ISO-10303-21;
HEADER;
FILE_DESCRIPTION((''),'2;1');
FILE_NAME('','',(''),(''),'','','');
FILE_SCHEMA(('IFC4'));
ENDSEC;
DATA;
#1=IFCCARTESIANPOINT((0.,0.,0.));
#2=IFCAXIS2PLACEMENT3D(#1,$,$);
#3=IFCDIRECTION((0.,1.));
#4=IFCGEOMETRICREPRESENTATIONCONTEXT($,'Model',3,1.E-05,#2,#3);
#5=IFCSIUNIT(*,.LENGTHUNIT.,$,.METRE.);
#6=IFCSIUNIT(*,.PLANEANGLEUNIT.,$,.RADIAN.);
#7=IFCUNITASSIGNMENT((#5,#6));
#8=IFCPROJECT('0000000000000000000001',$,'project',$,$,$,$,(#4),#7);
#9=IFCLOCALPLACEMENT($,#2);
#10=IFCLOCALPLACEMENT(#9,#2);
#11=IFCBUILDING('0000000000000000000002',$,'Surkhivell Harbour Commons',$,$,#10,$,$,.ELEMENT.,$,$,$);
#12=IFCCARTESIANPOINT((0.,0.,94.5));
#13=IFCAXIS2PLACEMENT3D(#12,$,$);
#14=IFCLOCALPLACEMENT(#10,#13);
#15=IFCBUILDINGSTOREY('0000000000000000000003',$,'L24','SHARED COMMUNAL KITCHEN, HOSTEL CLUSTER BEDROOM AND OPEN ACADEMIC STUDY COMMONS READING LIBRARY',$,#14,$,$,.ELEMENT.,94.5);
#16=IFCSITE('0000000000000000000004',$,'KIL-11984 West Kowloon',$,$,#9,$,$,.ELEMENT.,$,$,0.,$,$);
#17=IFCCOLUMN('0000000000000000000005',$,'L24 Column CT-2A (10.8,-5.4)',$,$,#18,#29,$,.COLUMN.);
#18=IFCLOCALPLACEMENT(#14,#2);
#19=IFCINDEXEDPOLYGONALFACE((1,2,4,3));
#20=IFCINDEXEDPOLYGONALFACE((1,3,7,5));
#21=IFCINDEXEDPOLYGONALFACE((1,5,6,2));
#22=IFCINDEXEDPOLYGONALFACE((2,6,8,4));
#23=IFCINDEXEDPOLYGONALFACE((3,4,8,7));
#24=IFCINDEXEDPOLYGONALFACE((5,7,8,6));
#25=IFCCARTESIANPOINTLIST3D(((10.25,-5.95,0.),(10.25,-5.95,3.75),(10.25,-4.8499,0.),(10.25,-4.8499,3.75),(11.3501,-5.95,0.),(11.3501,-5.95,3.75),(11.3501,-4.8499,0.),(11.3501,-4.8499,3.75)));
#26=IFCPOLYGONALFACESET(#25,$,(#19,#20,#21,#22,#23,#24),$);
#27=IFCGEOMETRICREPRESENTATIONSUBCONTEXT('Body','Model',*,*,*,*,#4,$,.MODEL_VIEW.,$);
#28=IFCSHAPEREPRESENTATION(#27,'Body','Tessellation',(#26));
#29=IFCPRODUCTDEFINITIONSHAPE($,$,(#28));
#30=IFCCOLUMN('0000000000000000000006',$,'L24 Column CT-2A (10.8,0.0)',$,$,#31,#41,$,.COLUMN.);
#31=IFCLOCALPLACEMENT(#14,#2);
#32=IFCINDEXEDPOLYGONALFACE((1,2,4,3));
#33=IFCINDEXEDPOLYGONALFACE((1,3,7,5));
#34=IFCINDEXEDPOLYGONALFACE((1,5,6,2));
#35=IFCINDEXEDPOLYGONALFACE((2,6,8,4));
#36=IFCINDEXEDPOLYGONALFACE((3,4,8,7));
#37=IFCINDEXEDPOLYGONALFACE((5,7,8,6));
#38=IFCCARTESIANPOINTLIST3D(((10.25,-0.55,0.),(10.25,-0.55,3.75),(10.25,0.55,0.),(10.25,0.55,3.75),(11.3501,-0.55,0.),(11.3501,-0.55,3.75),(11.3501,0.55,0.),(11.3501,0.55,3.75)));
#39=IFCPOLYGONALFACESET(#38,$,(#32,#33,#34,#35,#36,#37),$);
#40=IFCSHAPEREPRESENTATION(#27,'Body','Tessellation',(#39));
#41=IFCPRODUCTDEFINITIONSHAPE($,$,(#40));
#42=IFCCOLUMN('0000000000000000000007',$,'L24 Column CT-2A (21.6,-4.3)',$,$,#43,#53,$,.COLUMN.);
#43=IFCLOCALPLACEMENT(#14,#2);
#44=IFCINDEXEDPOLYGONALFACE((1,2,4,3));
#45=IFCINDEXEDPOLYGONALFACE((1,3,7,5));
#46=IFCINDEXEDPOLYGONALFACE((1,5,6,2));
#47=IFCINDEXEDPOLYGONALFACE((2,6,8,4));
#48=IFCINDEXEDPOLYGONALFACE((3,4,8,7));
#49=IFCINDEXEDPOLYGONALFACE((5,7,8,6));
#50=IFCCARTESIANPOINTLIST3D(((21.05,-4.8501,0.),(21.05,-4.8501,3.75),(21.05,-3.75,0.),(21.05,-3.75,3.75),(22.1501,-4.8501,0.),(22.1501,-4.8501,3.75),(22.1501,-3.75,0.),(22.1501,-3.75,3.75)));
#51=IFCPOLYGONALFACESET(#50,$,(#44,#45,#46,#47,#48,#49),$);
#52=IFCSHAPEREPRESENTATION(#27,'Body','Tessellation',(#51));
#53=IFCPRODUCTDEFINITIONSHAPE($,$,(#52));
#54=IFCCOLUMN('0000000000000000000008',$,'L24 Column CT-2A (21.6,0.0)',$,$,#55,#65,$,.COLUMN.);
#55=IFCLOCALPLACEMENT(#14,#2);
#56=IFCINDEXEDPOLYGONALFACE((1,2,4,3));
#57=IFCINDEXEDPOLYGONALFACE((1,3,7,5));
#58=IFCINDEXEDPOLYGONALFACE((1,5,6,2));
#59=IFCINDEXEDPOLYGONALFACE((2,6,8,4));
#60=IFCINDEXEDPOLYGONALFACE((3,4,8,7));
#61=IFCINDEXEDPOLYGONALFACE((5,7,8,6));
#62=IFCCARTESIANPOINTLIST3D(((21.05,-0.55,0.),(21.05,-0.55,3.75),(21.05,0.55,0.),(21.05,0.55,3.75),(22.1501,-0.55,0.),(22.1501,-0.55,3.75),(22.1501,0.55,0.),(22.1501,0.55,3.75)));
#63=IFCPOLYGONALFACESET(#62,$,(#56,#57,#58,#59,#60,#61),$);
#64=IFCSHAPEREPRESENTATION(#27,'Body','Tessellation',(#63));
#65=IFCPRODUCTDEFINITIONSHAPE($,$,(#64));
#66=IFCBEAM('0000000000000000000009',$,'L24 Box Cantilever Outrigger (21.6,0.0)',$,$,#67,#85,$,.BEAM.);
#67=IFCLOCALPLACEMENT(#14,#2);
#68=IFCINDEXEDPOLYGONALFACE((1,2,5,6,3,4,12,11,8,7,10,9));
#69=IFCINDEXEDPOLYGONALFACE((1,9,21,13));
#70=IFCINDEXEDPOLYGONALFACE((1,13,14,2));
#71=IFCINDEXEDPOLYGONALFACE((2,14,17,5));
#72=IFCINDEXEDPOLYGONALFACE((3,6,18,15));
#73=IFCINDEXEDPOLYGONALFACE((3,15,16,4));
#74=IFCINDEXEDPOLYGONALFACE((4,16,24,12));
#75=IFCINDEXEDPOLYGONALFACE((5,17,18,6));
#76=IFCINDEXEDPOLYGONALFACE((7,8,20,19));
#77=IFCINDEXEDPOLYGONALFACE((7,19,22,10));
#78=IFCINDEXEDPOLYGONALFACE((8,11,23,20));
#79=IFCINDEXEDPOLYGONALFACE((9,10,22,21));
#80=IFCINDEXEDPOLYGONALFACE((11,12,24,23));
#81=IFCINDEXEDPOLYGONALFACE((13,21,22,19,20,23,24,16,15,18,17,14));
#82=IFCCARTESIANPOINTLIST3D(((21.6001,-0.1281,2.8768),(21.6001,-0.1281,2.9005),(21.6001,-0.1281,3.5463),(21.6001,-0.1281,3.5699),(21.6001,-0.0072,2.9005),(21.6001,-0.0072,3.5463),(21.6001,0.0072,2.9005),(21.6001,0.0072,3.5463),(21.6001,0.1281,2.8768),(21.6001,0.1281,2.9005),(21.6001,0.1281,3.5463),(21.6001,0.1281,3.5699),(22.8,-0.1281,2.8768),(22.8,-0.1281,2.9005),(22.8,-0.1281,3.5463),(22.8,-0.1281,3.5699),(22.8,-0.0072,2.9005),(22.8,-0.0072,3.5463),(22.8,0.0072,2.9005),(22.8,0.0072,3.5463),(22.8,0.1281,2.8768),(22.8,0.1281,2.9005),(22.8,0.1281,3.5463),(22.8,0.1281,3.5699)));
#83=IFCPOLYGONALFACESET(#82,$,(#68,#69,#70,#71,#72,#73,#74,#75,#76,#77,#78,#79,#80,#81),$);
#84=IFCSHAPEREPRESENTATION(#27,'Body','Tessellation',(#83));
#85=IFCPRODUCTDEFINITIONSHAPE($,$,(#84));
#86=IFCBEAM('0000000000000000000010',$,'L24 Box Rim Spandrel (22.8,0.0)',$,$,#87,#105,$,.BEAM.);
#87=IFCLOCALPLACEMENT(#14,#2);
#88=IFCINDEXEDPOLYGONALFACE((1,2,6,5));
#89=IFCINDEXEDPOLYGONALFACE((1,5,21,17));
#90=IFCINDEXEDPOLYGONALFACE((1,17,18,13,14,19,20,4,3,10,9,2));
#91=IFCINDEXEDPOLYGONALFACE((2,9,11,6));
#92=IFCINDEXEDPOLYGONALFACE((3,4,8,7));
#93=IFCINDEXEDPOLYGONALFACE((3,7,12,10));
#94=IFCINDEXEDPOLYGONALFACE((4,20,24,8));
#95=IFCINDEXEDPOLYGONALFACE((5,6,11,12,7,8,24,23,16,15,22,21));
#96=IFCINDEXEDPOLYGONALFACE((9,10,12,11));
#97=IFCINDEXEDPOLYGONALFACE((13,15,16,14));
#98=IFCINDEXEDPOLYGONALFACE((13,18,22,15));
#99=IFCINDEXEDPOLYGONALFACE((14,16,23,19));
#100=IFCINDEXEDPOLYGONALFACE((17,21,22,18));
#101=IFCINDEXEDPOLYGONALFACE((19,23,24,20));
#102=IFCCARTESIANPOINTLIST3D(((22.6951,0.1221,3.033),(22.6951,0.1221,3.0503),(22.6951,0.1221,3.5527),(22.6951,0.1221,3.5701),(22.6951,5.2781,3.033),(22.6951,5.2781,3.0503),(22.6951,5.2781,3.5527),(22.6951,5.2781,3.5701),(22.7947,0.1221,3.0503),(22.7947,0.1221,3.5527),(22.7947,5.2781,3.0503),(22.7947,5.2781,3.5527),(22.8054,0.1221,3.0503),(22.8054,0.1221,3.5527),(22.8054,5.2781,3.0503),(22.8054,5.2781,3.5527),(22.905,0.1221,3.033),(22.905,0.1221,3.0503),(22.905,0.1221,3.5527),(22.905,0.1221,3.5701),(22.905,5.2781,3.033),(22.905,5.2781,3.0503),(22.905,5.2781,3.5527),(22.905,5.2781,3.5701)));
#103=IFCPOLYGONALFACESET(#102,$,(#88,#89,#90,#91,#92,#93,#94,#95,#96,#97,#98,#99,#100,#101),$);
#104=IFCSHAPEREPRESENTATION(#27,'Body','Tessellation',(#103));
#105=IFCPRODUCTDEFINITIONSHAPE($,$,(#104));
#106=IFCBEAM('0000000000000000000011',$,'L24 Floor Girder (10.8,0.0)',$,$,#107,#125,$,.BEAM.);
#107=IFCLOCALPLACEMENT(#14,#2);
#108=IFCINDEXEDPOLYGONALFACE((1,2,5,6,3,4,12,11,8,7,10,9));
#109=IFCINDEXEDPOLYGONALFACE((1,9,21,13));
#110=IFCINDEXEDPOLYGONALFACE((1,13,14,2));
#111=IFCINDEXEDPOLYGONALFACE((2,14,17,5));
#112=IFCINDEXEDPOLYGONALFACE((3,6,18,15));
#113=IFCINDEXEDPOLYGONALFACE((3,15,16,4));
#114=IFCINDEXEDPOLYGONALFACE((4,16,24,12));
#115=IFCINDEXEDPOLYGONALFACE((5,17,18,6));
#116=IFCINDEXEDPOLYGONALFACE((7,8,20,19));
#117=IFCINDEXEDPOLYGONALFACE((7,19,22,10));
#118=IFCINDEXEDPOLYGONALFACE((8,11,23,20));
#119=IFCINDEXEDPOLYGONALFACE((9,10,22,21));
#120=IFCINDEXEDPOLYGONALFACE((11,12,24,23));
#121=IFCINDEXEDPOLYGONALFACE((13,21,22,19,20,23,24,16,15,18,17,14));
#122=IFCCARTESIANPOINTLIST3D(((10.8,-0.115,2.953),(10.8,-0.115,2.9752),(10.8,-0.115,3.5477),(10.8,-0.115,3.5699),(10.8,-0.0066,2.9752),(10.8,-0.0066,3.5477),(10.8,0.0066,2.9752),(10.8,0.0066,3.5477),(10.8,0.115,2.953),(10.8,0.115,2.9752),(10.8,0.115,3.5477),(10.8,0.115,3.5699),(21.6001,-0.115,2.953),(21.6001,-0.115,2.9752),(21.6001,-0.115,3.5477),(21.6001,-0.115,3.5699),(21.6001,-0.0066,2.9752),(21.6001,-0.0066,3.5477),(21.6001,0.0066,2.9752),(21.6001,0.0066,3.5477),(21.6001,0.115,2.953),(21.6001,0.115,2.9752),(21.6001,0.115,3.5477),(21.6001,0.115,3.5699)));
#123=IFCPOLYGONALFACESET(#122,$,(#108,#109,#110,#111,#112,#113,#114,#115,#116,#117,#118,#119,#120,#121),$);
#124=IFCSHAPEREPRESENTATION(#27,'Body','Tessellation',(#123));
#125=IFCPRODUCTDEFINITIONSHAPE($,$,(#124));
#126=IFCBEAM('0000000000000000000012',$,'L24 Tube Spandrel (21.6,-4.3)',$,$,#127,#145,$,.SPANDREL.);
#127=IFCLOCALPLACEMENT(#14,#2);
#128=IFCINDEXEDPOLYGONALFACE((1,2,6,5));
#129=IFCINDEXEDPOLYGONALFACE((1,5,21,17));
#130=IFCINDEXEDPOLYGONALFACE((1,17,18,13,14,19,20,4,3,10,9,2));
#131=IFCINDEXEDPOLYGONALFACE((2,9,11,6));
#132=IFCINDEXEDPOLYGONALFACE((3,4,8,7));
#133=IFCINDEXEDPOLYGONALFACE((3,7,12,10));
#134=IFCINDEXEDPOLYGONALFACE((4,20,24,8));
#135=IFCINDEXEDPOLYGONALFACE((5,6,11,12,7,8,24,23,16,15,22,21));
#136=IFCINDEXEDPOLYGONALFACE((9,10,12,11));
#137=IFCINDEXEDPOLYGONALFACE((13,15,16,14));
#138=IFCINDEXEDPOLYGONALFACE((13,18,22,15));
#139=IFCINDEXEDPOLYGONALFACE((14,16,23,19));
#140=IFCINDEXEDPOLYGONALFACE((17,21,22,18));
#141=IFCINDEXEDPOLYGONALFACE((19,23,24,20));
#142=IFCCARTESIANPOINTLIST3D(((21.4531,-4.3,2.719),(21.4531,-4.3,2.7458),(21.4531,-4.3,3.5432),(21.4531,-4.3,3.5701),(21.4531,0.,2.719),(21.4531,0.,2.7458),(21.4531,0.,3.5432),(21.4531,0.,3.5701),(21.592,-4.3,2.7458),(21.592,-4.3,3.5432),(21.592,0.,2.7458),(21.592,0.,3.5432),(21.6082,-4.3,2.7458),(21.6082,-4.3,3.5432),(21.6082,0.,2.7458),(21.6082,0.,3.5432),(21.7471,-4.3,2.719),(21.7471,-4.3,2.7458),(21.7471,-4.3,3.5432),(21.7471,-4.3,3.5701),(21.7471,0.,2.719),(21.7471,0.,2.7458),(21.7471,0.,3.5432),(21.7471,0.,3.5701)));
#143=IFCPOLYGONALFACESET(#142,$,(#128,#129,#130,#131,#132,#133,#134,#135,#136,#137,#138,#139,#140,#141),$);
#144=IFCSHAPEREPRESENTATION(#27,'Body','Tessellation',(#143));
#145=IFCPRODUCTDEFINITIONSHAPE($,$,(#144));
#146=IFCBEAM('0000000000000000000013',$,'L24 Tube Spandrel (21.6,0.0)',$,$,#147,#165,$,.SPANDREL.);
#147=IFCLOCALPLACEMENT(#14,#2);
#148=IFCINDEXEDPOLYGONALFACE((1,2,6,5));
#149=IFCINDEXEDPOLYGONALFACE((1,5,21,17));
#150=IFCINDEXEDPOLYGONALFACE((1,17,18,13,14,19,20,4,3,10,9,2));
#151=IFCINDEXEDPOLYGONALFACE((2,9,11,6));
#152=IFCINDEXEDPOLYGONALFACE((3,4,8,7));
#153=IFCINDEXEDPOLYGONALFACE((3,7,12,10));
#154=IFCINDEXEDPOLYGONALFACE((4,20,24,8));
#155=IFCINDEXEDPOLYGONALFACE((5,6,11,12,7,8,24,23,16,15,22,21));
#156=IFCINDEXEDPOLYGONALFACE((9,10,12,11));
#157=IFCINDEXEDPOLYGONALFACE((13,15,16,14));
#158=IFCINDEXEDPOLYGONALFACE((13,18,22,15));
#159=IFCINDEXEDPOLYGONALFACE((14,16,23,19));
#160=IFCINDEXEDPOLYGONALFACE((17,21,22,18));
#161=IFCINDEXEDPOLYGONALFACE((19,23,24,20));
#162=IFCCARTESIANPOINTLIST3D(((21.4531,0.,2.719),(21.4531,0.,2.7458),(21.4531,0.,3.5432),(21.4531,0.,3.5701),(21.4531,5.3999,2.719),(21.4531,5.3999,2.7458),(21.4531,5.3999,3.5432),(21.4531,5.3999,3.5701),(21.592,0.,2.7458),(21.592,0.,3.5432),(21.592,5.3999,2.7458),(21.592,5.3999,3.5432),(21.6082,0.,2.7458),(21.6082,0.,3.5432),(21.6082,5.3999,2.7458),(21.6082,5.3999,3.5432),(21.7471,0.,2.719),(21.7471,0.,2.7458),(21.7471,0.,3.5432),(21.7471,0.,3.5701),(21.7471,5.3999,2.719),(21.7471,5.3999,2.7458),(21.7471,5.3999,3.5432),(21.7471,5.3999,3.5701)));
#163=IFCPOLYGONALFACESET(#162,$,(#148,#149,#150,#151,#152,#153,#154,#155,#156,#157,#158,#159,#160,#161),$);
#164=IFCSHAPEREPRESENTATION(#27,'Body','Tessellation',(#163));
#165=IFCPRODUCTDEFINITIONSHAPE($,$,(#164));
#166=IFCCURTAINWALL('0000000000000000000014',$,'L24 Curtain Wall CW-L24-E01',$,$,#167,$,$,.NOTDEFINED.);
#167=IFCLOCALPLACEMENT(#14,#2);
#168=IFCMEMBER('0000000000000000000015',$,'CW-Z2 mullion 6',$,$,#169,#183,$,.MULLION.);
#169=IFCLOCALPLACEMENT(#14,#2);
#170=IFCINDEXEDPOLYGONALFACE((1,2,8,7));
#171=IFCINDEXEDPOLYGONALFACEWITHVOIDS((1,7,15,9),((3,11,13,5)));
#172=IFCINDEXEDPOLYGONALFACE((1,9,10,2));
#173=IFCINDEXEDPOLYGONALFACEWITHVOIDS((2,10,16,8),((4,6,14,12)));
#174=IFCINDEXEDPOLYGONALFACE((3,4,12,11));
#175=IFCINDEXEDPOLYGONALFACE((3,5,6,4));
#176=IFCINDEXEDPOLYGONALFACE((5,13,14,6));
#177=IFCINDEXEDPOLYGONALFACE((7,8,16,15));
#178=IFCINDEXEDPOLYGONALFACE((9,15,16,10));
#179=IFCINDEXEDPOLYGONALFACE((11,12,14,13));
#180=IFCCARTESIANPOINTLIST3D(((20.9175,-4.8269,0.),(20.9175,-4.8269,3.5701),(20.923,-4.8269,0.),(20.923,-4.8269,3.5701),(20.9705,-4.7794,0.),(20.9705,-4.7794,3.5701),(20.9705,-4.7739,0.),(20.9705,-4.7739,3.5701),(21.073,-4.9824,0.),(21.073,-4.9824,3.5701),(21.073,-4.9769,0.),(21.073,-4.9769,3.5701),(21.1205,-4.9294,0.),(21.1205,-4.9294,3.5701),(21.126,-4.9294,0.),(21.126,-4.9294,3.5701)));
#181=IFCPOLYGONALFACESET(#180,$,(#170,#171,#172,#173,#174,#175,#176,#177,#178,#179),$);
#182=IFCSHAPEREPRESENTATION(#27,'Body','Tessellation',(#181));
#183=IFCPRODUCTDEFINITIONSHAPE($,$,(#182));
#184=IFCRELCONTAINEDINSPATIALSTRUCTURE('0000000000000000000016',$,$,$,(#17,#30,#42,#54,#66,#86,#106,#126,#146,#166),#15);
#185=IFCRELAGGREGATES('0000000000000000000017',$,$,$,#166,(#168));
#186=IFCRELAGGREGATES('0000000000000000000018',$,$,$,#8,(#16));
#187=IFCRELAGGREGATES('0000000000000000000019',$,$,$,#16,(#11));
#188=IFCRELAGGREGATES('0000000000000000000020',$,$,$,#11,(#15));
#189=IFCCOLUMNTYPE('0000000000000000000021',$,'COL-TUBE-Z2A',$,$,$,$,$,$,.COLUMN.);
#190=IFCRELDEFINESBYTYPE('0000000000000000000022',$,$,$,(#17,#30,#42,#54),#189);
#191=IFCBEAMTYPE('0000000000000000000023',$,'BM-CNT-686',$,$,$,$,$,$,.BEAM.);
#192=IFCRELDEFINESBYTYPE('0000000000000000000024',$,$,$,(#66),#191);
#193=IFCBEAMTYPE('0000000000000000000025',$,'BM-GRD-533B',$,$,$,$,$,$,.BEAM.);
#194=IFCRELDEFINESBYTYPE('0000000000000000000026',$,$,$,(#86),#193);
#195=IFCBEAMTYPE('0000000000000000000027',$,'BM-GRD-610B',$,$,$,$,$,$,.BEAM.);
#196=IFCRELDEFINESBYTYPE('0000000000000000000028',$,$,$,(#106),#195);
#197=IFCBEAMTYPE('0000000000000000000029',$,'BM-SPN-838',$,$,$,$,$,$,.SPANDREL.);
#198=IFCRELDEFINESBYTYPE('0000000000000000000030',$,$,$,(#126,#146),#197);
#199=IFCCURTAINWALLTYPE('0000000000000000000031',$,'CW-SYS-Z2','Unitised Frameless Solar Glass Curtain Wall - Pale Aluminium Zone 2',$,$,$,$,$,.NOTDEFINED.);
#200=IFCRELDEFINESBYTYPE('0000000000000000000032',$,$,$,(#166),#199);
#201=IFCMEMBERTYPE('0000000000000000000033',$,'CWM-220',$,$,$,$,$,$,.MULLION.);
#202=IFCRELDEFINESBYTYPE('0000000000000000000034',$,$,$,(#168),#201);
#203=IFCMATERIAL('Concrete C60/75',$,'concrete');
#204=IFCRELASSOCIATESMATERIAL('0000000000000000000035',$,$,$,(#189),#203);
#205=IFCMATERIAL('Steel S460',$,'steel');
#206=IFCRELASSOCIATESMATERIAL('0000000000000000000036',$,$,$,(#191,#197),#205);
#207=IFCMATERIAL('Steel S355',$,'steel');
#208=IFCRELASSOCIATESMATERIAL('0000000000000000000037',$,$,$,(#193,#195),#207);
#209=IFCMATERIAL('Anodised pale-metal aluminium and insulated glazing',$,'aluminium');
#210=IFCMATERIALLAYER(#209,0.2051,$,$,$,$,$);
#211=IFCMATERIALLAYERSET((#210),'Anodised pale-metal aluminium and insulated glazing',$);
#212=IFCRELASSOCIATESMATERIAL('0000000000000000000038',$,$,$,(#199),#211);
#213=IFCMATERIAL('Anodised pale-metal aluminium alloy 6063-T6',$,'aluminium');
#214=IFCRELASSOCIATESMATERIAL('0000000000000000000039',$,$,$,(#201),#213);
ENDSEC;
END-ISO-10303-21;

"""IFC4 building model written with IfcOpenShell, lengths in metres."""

from ifc_helpers import new_model, si_unit, direction, frame, origin, origin_2d, place, context, subcontext, project, spatial, rectangle, hollow_rectangle, i_section, extrude, material, layer, layer_set, material_profile, profile_set, type_object, element, aggregate, save


model = new_model("IFC4")

# Units and contexts
model_context = context("Model", 3, precision=1e-05, world=origin(), true_north=direction((0.0, 1.0)))
body_context = subcontext(model_context, "Body", "Model", "MODEL_VIEW")
ifc_project = project(units=[si_unit("LENGTHUNIT", "METRE"), si_unit("PLANEANGLEUNIT", "RADIAN")], contexts=[model_context])

# Site, building, storey
site_placement = place(None, origin())
site = spatial("IfcSite", under=ifc_project, at=site_placement, Name="KIL-11984 West Kowloon", CompositionType="ELEMENT", RefElevation=0.0)
building_placement = place(site_placement, origin())
building = spatial("IfcBuilding", under=site, at=building_placement, Name="Surkhivell Harbour Commons", CompositionType="ELEMENT")
storey_placement = place(building_placement, frame((0.0, 0.0, 94.5)))
storey = spatial("IfcBuildingStorey", under=building, at=storey_placement, Name="L24", Description="SHARED COMMUNAL KITCHEN, HOSTEL CLUSTER BEDROOM AND OPEN ACADEMIC STUDY COMMONS READING LIBRARY", CompositionType="ELEMENT", Elevation=94.5)

# Columns
ifc_material_1 = material(Name="Concrete C60/75", Category="concrete")
ifc_material_profile_1 = material_profile(ifc_material_1, rectangle(XDim=1.1001, YDim=1.1001, at=origin_2d()), Name="RC-COL-1100x1100")
ifc_profile_set_1 = profile_set([ifc_material_profile_1], Name="Concrete C60/75")
column_type = type_object("IfcColumnType", Name="COL-TUBE-Z2A", PredefinedType="COLUMN", material=ifc_profile_set_1)
for number, where, z_axis, x_axis, name in (
    (1, (10.8, -5.3999, 0.0), (0.0, 0.0, 1.0), (1.0, 0.0, 0.0), "L24 Column CT-2A (10.8,-5.4)"),
    (2, (10.8, 0.0, 0.0), (0.0, 0.0, 1.0), (1.0, 0.0, 0.0), "L24 Column CT-2A (10.8,0.0)"),
    (3, (21.6001, -4.3, 0.0), (0.0, 0.0, 1.0), (1.0, 0.0, 0.0), "L24 Column CT-2A (21.6,-4.3)"),
    (4, (21.6001, 0.0, 0.0), (0.0, 0.0, 1.0), (1.0, 0.0, 0.0), "L24 Column CT-2A (21.6,0.0)"),
):
    element("IfcColumn", number, at=place(storey_placement, frame(where, z_axis=z_axis, x_axis=x_axis)), inside=storey, type_object=column_type, Name=name, PredefinedType="COLUMN", context=body_context, shape_type="SweptSolid", body=[
        extrude(rectangle(XDim=1.1001, YDim=1.1001, at=origin_2d()), origin(), (0.0, 0.0, 1.0), 3.75),
    ])

# Beams
ifc_material_2 = material(Name="Steel S460", Category="steel")
ifc_material_profile_2 = material_profile(ifc_material_2, i_section(OverallWidth=0.2561, OverallDepth=0.6931, WebThickness=0.0144, FlangeThickness=0.0237, at=origin_2d()), Name="UB686x254x170")
ifc_profile_set_2 = profile_set([ifc_material_profile_2], Name="Steel S460")
beam_type_1 = type_object("IfcBeamType", Name="BM-CNT-686", PredefinedType="BEAM", material=ifc_profile_set_2)
beam_1_placement = place(storey_placement, frame((21.6001, 0.0, 3.2234), z_axis=(1.0, 0.0, 0.0), x_axis=(0.0, 1.0, 0.0)))
element("IfcBeam", 5, at=beam_1_placement, inside=storey, type_object=beam_type_1, Name="L24 Box Cantilever Outrigger (21.6,0.0)", PredefinedType="BEAM", context=body_context, shape_type="SweptSolid", body=[
    extrude(i_section(OverallWidth=0.2561, OverallDepth=0.6931, WebThickness=0.0144, FlangeThickness=0.0237, at=origin_2d()), origin(), (0.0, 0.0, 1.0), 1.2),
])
ifc_material_3 = material(Name="Steel S355", Category="steel")
ifc_material_profile_3 = material_profile(ifc_material_3, i_section(OverallWidth=0.21, OverallDepth=0.5371, WebThickness=0.0107, FlangeThickness=0.0173, at=origin_2d()), Name="UB533x210x101")
ifc_profile_set_3 = profile_set([ifc_material_profile_3], Name="Steel S355")
beam_type_2 = type_object("IfcBeamType", Name="BM-GRD-533B", PredefinedType="BEAM", material=ifc_profile_set_3)
beam_2_placement = place(storey_placement, frame((22.8, 0.1221, 3.3015), z_axis=(0.0, 1.0, 0.0), x_axis=(-1.0, 0.0, 0.0)))
element("IfcBeam", 6, at=beam_2_placement, inside=storey, type_object=beam_type_2, Name="L24 Box Rim Spandrel (22.8,0.0)", PredefinedType="BEAM", context=body_context, shape_type="SweptSolid", body=[
    extrude(i_section(OverallWidth=0.21, OverallDepth=0.5371, WebThickness=0.0107, FlangeThickness=0.0173, at=origin_2d()), origin(), (0.0, 0.0, 1.0), 5.156),
])
ifc_material_profile_4 = material_profile(ifc_material_3, i_section(OverallWidth=0.23, OverallDepth=0.6169, WebThickness=0.0132, FlangeThickness=0.0222, at=origin_2d()), Name="UB610x229x140")
ifc_profile_set_4 = profile_set([ifc_material_profile_4], Name="Steel S355")
beam_type_3 = type_object("IfcBeamType", Name="BM-GRD-610B", PredefinedType="BEAM", material=ifc_profile_set_4)
beam_3_placement = place(storey_placement, frame((10.8, 0.0, 3.2615), z_axis=(1.0, 0.0, 0.0), x_axis=(0.0, 1.0, 0.0)))
element("IfcBeam", 7, at=beam_3_placement, inside=storey, type_object=beam_type_3, Name="L24 Floor Girder (10.8,0.0)", PredefinedType="BEAM", context=body_context, shape_type="SweptSolid", body=[
    extrude(i_section(OverallWidth=0.23, OverallDepth=0.6169, WebThickness=0.0132, FlangeThickness=0.0222, at=origin_2d()), origin(), (0.0, 0.0, 1.0), 10.8),
])
ifc_material_profile_5 = material_profile(ifc_material_2, i_section(OverallWidth=0.2939, OverallDepth=0.8511, WebThickness=0.0161, FlangeThickness=0.0269, at=origin_2d()), Name="UB838x292x226")
ifc_profile_set_5 = profile_set([ifc_material_profile_5], Name="Steel S460")
beam_type_4 = type_object("IfcBeamType", Name="BM-SPN-838", PredefinedType="SPANDREL", material=ifc_profile_set_5)
beam_4_placement = place(storey_placement, frame((21.6001, -4.3, 3.1445), z_axis=(0.0, 1.0, 0.0), x_axis=(-1.0, 0.0, 0.0)))
element("IfcBeam", 8, at=beam_4_placement, inside=storey, type_object=beam_type_4, Name="L24 Tube Spandrel (21.6,-4.3)", PredefinedType="SPANDREL", context=body_context, shape_type="SweptSolid", body=[
    extrude(i_section(OverallWidth=0.2939, OverallDepth=0.8511, WebThickness=0.0161, FlangeThickness=0.0269, at=origin_2d()), origin(), (0.0, 0.0, 1.0), 4.3),
])
beam_5_placement = place(storey_placement, frame((21.6001, 0.0, 3.1445), z_axis=(0.0, 1.0, 0.0), x_axis=(-1.0, 0.0, 0.0)))
element("IfcBeam", 9, at=beam_5_placement, inside=storey, type_object=beam_type_4, Name="L24 Tube Spandrel (21.6,0.0)", PredefinedType="SPANDREL", context=body_context, shape_type="SweptSolid", body=[
    extrude(i_section(OverallWidth=0.2939, OverallDepth=0.8511, WebThickness=0.0161, FlangeThickness=0.0269, at=origin_2d()), origin(), (0.0, 0.0, 1.0), 5.3999),
])

# Curtain wall, member
ifc_material_4 = material(Name="Anodised pale-metal aluminium and insulated glazing", Category="aluminium")
ifc_layer_1 = layer(ifc_material_4, 0.2051)
ifc_layer_set_1 = layer_set([ifc_layer_1], Name="Anodised pale-metal aluminium and insulated glazing")
curtain_wall_type = type_object("IfcCurtainWallType", Name="CW-SYS-Z2", Description="Unitised Frameless Solar Glass Curtain Wall - Pale Aluminium Zone 2", PredefinedType="NOTDEFINED", material=ifc_layer_set_1)
curtain_wall_1_placement = place(storey_placement, origin())
curtain_wall_1 = element("IfcCurtainWall", 10, at=curtain_wall_1_placement, inside=storey, type_object=curtain_wall_type, Name="L24 Curtain Wall CW-L24-E01", PredefinedType="NOTDEFINED")
ifc_material_5 = material(Name="Anodised pale-metal aluminium alloy 6063-T6", Category="aluminium")
ifc_material_profile_6 = material_profile(ifc_material_5, hollow_rectangle(XDim=0.075, YDim=0.22, WallThickness=0.0039, at=origin_2d()), Name="ALU-MULL-75x220")
ifc_profile_set_6 = profile_set([ifc_material_profile_6], Name="Anodised pale-metal aluminium alloy 6063-T6")
member_type_1 = type_object("IfcMemberType", Name="CWM-220", PredefinedType="MULLION", material=ifc_profile_set_6)
member_1_placement = place(storey_placement, frame((21.0217, -4.8782, 0.0), z_axis=(0.0, 0.0, 1.0), x_axis=(0.707107, 0.707107, 0.0)))
member_1 = element("IfcMember", 11, at=member_1_placement, type_object=member_type_1, Name="CW-Z2 mullion 6", PredefinedType="MULLION", context=body_context, shape_type="SweptSolid", body=[
    extrude(hollow_rectangle(XDim=0.075, YDim=0.22, WallThickness=0.0039, at=origin_2d()), origin(), (0.0, 0.0, 1.0), 3.5701),
])
aggregate(curtain_wall_1, [member_1])

save(model, "model.ifc")
